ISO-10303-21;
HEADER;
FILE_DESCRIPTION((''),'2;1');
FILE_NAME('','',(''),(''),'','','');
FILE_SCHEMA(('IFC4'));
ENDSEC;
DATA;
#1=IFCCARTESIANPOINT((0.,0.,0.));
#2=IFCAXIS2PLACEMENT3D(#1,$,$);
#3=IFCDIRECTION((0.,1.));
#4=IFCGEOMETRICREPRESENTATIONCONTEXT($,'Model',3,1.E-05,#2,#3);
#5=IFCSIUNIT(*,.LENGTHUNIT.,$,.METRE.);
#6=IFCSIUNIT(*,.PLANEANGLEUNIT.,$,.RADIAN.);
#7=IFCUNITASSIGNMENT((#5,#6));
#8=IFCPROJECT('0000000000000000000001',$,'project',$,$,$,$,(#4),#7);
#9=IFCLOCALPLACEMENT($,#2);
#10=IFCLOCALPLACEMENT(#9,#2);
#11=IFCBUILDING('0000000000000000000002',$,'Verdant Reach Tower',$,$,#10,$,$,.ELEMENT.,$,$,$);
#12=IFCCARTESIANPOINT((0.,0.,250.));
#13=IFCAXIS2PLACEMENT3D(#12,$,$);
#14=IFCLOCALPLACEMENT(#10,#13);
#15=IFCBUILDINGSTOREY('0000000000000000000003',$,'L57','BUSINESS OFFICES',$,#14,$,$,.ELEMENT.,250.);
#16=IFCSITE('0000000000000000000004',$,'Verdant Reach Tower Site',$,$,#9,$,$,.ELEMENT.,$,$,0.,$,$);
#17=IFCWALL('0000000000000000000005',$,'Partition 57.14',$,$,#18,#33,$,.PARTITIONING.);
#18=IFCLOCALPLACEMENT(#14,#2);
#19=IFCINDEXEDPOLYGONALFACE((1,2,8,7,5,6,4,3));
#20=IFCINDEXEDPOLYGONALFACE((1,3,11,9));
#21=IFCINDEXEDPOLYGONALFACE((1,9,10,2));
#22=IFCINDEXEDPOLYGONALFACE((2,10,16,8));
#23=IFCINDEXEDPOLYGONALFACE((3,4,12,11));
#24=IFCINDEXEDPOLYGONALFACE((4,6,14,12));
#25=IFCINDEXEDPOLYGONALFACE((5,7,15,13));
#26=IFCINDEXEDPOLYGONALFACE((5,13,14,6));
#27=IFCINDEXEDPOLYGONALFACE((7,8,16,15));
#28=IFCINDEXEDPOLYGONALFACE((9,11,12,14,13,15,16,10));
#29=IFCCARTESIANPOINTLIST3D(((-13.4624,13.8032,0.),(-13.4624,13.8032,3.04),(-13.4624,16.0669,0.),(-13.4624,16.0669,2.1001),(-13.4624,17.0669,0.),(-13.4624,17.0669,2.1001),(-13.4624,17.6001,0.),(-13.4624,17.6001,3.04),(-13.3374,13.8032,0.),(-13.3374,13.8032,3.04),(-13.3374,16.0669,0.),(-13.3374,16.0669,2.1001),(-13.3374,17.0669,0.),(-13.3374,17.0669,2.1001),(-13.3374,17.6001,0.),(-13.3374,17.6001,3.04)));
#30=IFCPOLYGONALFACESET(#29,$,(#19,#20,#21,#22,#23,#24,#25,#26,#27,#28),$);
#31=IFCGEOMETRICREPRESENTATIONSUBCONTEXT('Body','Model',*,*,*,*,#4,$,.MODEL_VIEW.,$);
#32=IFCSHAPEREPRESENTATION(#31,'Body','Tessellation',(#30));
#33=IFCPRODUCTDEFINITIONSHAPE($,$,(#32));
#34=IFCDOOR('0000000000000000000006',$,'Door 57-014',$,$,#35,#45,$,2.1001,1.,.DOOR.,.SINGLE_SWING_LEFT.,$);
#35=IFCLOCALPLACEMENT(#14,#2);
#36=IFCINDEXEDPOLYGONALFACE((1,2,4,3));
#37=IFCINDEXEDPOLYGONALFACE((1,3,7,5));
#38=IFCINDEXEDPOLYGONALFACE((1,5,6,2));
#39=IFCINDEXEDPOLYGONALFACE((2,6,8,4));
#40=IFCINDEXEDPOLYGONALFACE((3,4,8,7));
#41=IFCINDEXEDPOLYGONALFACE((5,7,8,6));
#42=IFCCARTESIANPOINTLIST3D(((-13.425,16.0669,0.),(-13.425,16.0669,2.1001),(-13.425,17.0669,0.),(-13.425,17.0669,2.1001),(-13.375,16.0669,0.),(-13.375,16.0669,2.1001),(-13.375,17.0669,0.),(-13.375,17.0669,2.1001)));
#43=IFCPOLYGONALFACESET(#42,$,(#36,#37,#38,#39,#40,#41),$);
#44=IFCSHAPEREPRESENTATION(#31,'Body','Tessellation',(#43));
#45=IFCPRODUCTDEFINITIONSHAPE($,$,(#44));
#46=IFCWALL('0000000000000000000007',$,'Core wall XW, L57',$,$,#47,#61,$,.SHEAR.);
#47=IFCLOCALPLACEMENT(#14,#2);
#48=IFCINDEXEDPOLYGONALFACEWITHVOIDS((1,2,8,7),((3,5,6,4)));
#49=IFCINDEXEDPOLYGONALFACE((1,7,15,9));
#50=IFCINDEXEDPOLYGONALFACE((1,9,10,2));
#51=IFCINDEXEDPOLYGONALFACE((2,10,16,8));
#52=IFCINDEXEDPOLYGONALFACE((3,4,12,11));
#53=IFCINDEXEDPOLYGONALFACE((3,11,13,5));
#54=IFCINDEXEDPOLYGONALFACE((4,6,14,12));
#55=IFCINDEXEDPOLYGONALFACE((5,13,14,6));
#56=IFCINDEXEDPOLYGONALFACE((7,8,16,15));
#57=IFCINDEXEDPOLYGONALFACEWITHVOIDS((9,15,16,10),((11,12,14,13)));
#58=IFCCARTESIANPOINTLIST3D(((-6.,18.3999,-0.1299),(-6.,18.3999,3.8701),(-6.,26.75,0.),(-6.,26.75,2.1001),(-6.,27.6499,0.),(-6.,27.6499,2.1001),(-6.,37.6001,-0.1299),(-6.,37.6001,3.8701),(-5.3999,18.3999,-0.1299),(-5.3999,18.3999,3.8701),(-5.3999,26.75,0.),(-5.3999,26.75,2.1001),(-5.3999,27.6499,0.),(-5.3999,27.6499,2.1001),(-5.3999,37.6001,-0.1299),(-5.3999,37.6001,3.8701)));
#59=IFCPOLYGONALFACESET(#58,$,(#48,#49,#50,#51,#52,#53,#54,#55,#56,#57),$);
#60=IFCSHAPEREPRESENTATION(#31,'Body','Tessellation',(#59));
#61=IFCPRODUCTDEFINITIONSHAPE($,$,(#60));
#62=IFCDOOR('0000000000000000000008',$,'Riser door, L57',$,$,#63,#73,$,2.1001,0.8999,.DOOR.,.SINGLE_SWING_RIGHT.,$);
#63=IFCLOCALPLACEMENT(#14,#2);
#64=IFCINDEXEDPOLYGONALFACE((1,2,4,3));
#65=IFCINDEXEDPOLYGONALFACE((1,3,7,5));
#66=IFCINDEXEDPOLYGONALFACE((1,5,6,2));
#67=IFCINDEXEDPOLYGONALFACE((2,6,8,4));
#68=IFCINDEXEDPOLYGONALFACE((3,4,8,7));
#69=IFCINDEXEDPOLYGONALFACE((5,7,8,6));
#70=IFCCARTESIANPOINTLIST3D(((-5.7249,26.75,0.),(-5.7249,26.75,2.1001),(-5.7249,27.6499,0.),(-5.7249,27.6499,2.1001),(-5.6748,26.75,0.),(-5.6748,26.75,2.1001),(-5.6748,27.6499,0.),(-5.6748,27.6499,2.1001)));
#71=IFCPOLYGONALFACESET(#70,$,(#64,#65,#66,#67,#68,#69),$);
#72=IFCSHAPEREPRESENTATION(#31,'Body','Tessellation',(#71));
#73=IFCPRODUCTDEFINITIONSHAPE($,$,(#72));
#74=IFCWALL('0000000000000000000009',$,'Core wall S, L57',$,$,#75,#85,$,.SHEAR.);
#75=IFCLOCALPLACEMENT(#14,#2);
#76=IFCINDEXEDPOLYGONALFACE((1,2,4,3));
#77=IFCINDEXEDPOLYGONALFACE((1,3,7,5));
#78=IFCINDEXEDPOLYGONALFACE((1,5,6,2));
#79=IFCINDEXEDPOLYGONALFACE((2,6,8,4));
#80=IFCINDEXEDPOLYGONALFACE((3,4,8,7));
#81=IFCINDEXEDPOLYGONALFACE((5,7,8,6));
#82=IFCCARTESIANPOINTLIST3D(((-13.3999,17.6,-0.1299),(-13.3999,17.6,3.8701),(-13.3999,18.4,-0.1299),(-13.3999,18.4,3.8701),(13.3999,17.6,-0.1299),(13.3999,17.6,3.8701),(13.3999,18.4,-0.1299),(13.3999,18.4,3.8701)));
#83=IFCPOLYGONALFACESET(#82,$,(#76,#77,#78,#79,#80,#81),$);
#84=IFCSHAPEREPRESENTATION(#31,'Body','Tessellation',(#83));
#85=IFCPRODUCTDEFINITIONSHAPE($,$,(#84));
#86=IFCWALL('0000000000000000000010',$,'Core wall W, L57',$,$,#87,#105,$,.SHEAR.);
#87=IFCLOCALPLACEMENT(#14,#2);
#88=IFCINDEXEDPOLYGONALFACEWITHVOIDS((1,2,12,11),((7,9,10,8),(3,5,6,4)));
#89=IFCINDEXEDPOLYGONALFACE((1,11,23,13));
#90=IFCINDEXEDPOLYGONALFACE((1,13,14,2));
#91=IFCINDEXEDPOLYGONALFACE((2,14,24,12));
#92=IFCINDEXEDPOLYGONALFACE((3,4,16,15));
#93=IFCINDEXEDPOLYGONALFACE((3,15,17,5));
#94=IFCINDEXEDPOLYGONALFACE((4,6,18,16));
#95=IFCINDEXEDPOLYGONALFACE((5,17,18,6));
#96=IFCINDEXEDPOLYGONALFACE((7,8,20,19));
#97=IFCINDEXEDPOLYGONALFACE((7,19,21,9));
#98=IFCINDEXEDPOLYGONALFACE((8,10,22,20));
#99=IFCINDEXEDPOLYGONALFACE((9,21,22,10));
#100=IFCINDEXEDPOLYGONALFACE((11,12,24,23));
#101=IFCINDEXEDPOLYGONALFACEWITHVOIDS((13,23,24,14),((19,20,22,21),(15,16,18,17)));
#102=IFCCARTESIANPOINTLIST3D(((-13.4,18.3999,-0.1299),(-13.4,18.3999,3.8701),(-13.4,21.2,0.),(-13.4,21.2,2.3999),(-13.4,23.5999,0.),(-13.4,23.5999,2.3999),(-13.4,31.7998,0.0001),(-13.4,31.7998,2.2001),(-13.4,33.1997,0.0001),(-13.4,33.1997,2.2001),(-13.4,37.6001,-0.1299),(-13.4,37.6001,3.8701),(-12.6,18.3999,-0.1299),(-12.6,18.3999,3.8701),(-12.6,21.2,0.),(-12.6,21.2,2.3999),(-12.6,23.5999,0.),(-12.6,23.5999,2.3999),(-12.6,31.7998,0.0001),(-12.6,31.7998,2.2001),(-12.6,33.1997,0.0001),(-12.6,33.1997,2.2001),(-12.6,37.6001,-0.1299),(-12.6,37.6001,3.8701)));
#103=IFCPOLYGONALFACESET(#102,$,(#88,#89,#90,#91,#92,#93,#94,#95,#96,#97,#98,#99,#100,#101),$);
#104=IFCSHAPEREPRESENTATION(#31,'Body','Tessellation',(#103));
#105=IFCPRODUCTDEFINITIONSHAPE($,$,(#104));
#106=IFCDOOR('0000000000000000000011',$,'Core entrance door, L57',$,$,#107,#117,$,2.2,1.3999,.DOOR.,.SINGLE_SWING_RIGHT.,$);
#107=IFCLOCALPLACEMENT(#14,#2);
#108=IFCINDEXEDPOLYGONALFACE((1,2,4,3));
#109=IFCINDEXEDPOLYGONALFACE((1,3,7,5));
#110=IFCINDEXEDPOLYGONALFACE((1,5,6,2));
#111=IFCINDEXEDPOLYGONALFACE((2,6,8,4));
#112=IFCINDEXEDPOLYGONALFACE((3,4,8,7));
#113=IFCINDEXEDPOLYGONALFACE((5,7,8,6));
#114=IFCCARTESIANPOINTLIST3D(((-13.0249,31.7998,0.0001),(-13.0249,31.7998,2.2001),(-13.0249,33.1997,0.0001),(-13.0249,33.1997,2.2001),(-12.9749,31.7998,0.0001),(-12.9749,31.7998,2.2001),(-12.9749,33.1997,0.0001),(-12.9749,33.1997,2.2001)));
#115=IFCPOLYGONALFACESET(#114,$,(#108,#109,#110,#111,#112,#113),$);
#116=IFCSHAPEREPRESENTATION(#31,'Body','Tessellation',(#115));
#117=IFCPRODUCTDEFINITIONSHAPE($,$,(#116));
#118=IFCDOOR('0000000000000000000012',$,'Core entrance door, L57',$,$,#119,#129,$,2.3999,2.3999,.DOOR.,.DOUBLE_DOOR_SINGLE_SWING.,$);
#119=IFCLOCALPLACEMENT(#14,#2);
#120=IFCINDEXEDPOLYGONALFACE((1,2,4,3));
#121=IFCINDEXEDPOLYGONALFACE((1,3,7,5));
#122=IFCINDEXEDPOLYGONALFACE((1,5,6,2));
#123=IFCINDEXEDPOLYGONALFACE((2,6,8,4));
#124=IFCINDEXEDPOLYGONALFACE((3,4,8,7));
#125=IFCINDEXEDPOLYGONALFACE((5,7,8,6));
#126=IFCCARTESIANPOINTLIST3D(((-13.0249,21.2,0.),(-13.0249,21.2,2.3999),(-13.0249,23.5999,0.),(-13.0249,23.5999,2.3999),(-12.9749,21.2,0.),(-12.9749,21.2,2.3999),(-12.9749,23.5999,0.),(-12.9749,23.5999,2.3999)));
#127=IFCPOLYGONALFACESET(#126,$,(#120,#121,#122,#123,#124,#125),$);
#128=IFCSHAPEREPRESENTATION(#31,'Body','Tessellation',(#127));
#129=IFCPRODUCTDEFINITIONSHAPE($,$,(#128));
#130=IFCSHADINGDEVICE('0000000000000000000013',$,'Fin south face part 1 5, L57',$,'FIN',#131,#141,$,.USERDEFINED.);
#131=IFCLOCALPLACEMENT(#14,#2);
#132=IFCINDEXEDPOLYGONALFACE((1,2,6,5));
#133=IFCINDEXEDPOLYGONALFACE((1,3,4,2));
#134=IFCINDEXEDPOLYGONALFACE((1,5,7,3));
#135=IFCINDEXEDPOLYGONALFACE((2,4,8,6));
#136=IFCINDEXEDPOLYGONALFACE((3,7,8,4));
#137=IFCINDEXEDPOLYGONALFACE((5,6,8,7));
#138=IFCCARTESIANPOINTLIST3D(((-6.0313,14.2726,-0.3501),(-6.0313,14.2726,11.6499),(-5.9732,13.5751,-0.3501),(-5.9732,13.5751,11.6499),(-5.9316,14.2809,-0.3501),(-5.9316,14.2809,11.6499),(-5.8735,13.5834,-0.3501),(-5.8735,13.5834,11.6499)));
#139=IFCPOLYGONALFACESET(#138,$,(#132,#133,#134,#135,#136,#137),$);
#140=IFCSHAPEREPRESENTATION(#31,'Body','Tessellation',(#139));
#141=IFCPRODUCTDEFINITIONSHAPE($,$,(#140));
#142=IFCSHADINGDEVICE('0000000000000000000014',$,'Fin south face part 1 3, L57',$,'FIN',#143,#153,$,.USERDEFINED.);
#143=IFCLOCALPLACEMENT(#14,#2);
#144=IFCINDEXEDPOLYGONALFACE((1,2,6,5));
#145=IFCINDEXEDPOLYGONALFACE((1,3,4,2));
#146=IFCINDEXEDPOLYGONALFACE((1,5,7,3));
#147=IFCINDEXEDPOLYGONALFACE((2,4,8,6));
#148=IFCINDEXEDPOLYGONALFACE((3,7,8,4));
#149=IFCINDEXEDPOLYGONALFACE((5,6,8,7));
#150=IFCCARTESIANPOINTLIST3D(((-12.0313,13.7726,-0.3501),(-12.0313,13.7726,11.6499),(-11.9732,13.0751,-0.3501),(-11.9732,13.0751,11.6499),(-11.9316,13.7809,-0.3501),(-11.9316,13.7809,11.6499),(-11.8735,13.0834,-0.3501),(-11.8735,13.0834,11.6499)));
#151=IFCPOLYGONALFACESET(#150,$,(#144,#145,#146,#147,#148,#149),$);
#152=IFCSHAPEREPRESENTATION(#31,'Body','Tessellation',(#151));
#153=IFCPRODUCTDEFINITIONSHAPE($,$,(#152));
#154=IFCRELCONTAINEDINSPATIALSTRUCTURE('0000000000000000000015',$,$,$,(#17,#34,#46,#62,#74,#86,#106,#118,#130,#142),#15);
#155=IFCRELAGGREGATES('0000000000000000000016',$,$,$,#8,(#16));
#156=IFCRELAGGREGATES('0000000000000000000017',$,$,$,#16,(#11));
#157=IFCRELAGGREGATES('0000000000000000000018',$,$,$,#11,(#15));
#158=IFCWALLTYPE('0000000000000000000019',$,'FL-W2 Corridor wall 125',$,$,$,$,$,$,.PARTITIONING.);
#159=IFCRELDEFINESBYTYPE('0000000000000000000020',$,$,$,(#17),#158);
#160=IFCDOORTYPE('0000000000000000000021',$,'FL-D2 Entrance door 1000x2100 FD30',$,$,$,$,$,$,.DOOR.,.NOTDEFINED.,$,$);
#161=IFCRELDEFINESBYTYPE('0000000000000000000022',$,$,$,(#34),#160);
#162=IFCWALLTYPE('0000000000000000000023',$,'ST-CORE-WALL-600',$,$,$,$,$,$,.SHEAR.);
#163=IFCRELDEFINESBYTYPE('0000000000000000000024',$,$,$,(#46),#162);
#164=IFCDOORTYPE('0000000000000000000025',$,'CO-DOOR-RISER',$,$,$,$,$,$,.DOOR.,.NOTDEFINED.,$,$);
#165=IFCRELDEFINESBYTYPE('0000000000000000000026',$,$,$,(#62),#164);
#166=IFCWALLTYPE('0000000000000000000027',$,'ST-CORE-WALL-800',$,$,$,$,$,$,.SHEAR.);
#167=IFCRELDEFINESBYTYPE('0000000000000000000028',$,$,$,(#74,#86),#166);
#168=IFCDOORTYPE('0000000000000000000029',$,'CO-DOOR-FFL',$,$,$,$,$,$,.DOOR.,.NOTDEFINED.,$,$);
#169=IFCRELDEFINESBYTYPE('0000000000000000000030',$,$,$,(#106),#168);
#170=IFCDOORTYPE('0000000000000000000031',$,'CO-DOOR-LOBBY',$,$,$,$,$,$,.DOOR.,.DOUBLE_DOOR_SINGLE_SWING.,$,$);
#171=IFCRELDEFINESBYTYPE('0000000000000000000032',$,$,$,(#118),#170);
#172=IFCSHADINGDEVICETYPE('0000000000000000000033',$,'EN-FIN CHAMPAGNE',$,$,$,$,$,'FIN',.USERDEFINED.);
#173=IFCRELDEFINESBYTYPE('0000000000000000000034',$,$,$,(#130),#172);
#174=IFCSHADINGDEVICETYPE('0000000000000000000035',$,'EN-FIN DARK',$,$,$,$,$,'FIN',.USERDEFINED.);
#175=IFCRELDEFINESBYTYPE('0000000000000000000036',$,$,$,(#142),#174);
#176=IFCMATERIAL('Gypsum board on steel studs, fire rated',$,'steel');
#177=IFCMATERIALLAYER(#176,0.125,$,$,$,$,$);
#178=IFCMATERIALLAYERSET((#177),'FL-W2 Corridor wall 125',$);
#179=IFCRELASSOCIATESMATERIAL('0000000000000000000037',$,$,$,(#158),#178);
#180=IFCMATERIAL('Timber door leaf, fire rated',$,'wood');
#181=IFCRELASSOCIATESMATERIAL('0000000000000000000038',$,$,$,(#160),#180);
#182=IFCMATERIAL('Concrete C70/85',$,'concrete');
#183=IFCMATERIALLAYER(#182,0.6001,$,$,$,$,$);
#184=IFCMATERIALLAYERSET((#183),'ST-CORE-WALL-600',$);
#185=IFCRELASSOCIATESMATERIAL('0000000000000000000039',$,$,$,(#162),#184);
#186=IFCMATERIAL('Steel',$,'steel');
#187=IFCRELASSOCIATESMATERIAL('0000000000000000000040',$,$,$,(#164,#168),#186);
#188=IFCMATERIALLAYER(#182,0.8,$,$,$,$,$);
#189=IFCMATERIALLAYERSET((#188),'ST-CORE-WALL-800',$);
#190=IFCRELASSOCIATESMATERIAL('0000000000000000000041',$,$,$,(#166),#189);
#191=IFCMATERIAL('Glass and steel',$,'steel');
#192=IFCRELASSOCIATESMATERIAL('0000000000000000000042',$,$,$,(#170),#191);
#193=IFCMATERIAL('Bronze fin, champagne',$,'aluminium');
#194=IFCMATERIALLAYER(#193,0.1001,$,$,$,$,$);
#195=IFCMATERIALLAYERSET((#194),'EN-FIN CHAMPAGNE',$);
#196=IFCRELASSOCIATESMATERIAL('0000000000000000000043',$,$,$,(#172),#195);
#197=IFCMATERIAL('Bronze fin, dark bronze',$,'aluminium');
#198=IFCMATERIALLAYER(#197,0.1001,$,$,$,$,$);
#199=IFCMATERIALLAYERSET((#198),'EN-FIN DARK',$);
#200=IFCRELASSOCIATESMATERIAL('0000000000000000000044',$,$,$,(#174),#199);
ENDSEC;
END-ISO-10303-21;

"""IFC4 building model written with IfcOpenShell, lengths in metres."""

from ifc_helpers import new_model, si_unit, direction, frame, frame_2d, origin, origin_2d, place, context, subcontext, project, spatial, rectangle, extrude, material, layer, layer_set, type_object, element, fill, save


model = new_model("IFC4")

# Units and contexts
model_context = context("Model", 3, precision=1e-05, world=origin(), true_north=direction((0.0, 1.0)))
body_context = subcontext(model_context, "Body", "Model", "MODEL_VIEW")
ifc_project = project(units=[si_unit("LENGTHUNIT", "METRE"), si_unit("PLANEANGLEUNIT", "RADIAN")], contexts=[model_context])

# Site, building, storey
site_placement = place(None, origin())
site = spatial("IfcSite", under=ifc_project, at=site_placement, Name="Verdant Reach Tower Site", CompositionType="ELEMENT", RefElevation=0.0)
building_placement = place(site_placement, origin())
building = spatial("IfcBuilding", under=site, at=building_placement, Name="Verdant Reach Tower", CompositionType="ELEMENT")
storey_placement = place(building_placement, frame((0.0, 0.0, 250.0)))
storey = spatial("IfcBuildingStorey", under=building, at=storey_placement, Name="L57", Description="BUSINESS OFFICES", CompositionType="ELEMENT", Elevation=250.0)

# Walls, openings, doors
ifc_material_1 = material(Name="Gypsum board on steel studs, fire rated", Category="steel")
ifc_layer_1 = layer(ifc_material_1, 0.125)
ifc_layer_set_1 = layer_set([ifc_layer_1], Name="FL-W2 Corridor wall 125")
wall_type_1 = type_object("IfcWallType", Name="FL-W2 Corridor wall 125", PredefinedType="PARTITIONING", material=ifc_layer_set_1)
wall_1_placement = place(storey_placement, frame((-13.3999, 17.6001, 0.0), z_axis=(0.0, 0.0, 1.0), x_axis=(0.0, -1.0, 0.0)))
wall_1 = element("IfcWall", 1, at=wall_1_placement, inside=storey, type_object=wall_type_1, Name="Partition 57.14", PredefinedType="PARTITIONING", context=body_context, shape_type="SweptSolid", body=[
    extrude(rectangle(XDim=3.7969, YDim=0.125, at=frame_2d((1.8984, 0.0))), origin(), (0.0, 0.0, 1.0), 3.04),
])
opening_1_placement = place(wall_1_placement, frame((0.5332, 0.0, 0.0)))
opening_1 = element("IfcOpeningElement", 2, at=opening_1_placement, cuts=wall_1, PredefinedType="OPENING", context=body_context, shape_type="SweptSolid", body=[
    extrude(rectangle(XDim=1.0, YDim=2.1001, at=frame_2d((0.5, 1.05))), frame((0.0, 0.0725, 0.0), z_axis=(0.0, -1.0, 0.0), x_axis=(1.0, 0.0, 0.0)), (0.0, 0.0, 1.0), 0.145),
])
ifc_material_2 = material(Name="Timber door leaf, fire rated", Category="wood")
door_type_1 = type_object("IfcDoorType", Name="FL-D2 Entrance door 1000x2100 FD30", OperationType="NOTDEFINED", PredefinedType="DOOR", material=ifc_material_2)
door_1_placement = place(opening_1_placement, origin())
door_1 = element("IfcDoor", 3, at=door_1_placement, inside=storey, type_object=door_type_1, Name="Door 57-014", OperationType="SINGLE_SWING_LEFT", OverallHeight=2.1001, OverallWidth=1.0, PredefinedType="DOOR", context=body_context, shape_type="SweptSolid", body=[
    extrude(rectangle(XDim=1.0, YDim=2.1001, at=frame_2d((0.5, 1.05))), frame((0.0, 0.0249, 0.0), z_axis=(0.0, -1.0, 0.0), x_axis=(1.0, 0.0, 0.0)), (0.0, 0.0, 1.0), 0.05),
])
fill(opening_1, door_1)
ifc_material_3 = material(Name="Concrete C70/85", Category="concrete")
ifc_layer_2 = layer(ifc_material_3, 0.6001)
ifc_layer_set_2 = layer_set([ifc_layer_2], Name="ST-CORE-WALL-600")
wall_type_2 = type_object("IfcWallType", Name="ST-CORE-WALL-600", PredefinedType="SHEAR", material=ifc_layer_set_2)
wall_2_placement = place(storey_placement, frame((-5.7, 18.3999, -0.1299), z_axis=(0.0, 0.0, 1.0), x_axis=(0.0, 1.0, 0.0)))
wall_2 = element("IfcWall", 4, at=wall_2_placement, inside=storey, type_object=wall_type_2, Name="Core wall XW, L57", PredefinedType="SHEAR", context=body_context, shape_type="SweptSolid", body=[
    extrude(rectangle(XDim=19.2002, YDim=0.6001, at=frame_2d((9.6001, 0.0))), origin(), (0.0, 0.0, 1.0), 4.0),
])
opening_2_placement = place(wall_2_placement, frame((8.3501, 0.0, 0.1299)))
opening_2 = element("IfcOpeningElement", 5, at=opening_2_placement, cuts=wall_2, PredefinedType="OPENING", context=body_context, shape_type="SweptSolid", body=[
    extrude(rectangle(XDim=0.8999, YDim=2.1001, at=frame_2d((0.45, 1.05))), frame((0.0, 0.3101, 0.0), z_axis=(0.0, -1.0, 0.0), x_axis=(1.0, 0.0, 0.0)), (0.0, 0.0, 1.0), 0.6201),
])
ifc_material_4 = material(Name="Steel", Category="steel")
door_type_2 = type_object("IfcDoorType", Name="CO-DOOR-RISER", OperationType="NOTDEFINED", PredefinedType="DOOR", material=ifc_material_4)
door_2_placement = place(opening_2_placement, origin())
door_2 = element("IfcDoor", 6, at=door_2_placement, inside=storey, type_object=door_type_2, Name="Riser door, L57", OperationType="SINGLE_SWING_RIGHT", OverallHeight=2.1001, OverallWidth=0.8999, PredefinedType="DOOR", context=body_context, shape_type="SweptSolid", body=[
    extrude(rectangle(XDim=0.8999, YDim=2.1001, at=frame_2d((0.45, 1.05))), frame((0.0, 0.0249, 0.0), z_axis=(0.0, -1.0, 0.0), x_axis=(1.0, 0.0, 0.0)), (0.0, 0.0, 1.0), 0.05),
])
fill(opening_2, door_2)

# Wall
ifc_layer_3 = layer(ifc_material_3, 0.8)
ifc_layer_set_3 = layer_set([ifc_layer_3], Name="ST-CORE-WALL-800")
wall_type_3 = type_object("IfcWallType", Name="ST-CORE-WALL-800", PredefinedType="SHEAR", material=ifc_layer_set_3)
wall_3_placement = place(storey_placement, frame((-13.3999, 18.0, -0.1299), z_axis=(0.0, 0.0, 1.0), x_axis=(1.0, 0.0, 0.0)))
element("IfcWall", 7, at=wall_3_placement, inside=storey, type_object=wall_type_3, Name="Core wall S, L57", PredefinedType="SHEAR", context=body_context, shape_type="SweptSolid", body=[
    extrude(rectangle(XDim=26.7998, YDim=0.8, at=frame_2d((13.3999, 0.0))), origin(), (0.0, 0.0, 1.0), 4.0),
])

# Wall, openings, doors
wall_4_placement = place(storey_placement, frame((-13.0, 18.3999, -0.1299), z_axis=(0.0, 0.0, 1.0), x_axis=(0.0, 1.0, 0.0)))
wall_4 = element("IfcWall", 8, at=wall_4_placement, inside=storey, type_object=wall_type_3, Name="Core wall W, L57", PredefinedType="SHEAR", context=body_context, shape_type="SweptSolid", body=[
    extrude(rectangle(XDim=19.2002, YDim=0.8, at=frame_2d((9.6001, 0.0))), origin(), (0.0, 0.0, 1.0), 4.0),
])
opening_3_placement = place(wall_4_placement, frame((2.8, 0.0, 0.1299)))
opening_3 = element("IfcOpeningElement", 9, at=opening_3_placement, cuts=wall_4, PredefinedType="OPENING", context=body_context, shape_type="SweptSolid", body=[
    extrude(rectangle(XDim=2.3999, YDim=2.3999, at=frame_2d((1.2, 1.2))), frame((0.0, 0.4099, 0.0), z_axis=(0.0, -1.0, 0.0), x_axis=(1.0, 0.0, 0.0)), (0.0, 0.0, 1.0), 0.8201),
])
opening_4_placement = place(wall_4_placement, frame((13.3999, 0.0, 0.1299)))
opening_4 = element("IfcOpeningElement", 10, at=opening_4_placement, cuts=wall_4, PredefinedType="OPENING", context=body_context, shape_type="SweptSolid", body=[
    extrude(rectangle(XDim=1.3999, YDim=2.2, at=frame_2d((0.7, 1.1001))), frame((0.0, 0.4099, 0.0), z_axis=(0.0, -1.0, 0.0), x_axis=(1.0, 0.0, 0.0)), (0.0, 0.0, 1.0), 0.8201),
])
door_type_3 = type_object("IfcDoorType", Name="CO-DOOR-FFL", OperationType="NOTDEFINED", PredefinedType="DOOR", material=ifc_material_4)
door_3_placement = place(opening_4_placement, origin())
door_3 = element("IfcDoor", 11, at=door_3_placement, inside=storey, type_object=door_type_3, Name="Core entrance door, L57", OperationType="SINGLE_SWING_RIGHT", OverallHeight=2.2, OverallWidth=1.3999, PredefinedType="DOOR", context=body_context, shape_type="SweptSolid", body=[
    extrude(rectangle(XDim=1.3999, YDim=2.2, at=frame_2d((0.7, 1.1001))), frame((0.0, 0.0249, 0.0), z_axis=(0.0, -1.0, 0.0), x_axis=(1.0, 0.0, 0.0)), (0.0, 0.0, 1.0), 0.05),
])
fill(opening_4, door_3)
ifc_material_5 = material(Name="Glass and steel", Category="steel")
door_type_4 = type_object("IfcDoorType", Name="CO-DOOR-LOBBY", OperationType="DOUBLE_DOOR_SINGLE_SWING", PredefinedType="DOOR", material=ifc_material_5)
door_4_placement = place(opening_3_placement, origin())
door_4 = element("IfcDoor", 12, at=door_4_placement, inside=storey, type_object=door_type_4, Name="Core entrance door, L57", OperationType="DOUBLE_DOOR_SINGLE_SWING", OverallHeight=2.3999, OverallWidth=2.3999, PredefinedType="DOOR", context=body_context, shape_type="SweptSolid", body=[
    extrude(rectangle(XDim=2.3999, YDim=2.3999, at=frame_2d((1.2, 1.2))), frame((0.0, 0.0249, 0.0), z_axis=(0.0, -1.0, 0.0), x_axis=(1.0, 0.0, 0.0)), (0.0, 0.0, 1.0), 0.05),
])
fill(opening_3, door_4)

# Shading devices
ifc_material_6 = material(Name="Bronze fin, champagne", Category="aluminium")
ifc_layer_4 = layer(ifc_material_6, 0.1001)
ifc_layer_set_4 = layer_set([ifc_layer_4], Name="EN-FIN CHAMPAGNE")
shading_device_type_1 = type_object("IfcShadingDeviceType", Name="EN-FIN CHAMPAGNE", ElementType="FIN", PredefinedType="USERDEFINED", material=ifc_layer_set_4)
shading_device_1_placement = place(storey_placement, frame((-5.9524, 13.928, -0.3501), z_axis=(0.0, 0.0, 1.0), x_axis=(0.996546, 0.083045, 0.0)))
element("IfcShadingDevice", 13, at=shading_device_1_placement, inside=storey, type_object=shading_device_type_1, Name="Fin south face part 1 5, L57", ObjectType="FIN", PredefinedType="USERDEFINED", context=body_context, shape_type="SweptSolid", body=[
    extrude(rectangle(XDim=0.1001, YDim=0.7, at=origin_2d()), origin(), (0.0, 0.0, 1.0), 12.0),
])
ifc_material_7 = material(Name="Bronze fin, dark bronze", Category="aluminium")
ifc_layer_5 = layer(ifc_material_7, 0.1001)
ifc_layer_set_5 = layer_set([ifc_layer_5], Name="EN-FIN DARK")
shading_device_type_2 = type_object("IfcShadingDeviceType", Name="EN-FIN DARK", ElementType="FIN", PredefinedType="USERDEFINED", material=ifc_layer_set_5)
shading_device_2_placement = place(storey_placement, frame((-11.9524, 13.428, -0.3501), z_axis=(0.0, 0.0, 1.0), x_axis=(0.996546, 0.083045, 0.0)))
element("IfcShadingDevice", 14, at=shading_device_2_placement, inside=storey, type_object=shading_device_type_2, Name="Fin south face part 1 3, L57", ObjectType="FIN", PredefinedType="USERDEFINED", context=body_context, shape_type="SweptSolid", body=[
    extrude(rectangle(XDim=0.1001, YDim=0.7, at=origin_2d()), origin(), (0.0, 0.0, 1.0), 12.0),
])

save(model, "model.ifc")
